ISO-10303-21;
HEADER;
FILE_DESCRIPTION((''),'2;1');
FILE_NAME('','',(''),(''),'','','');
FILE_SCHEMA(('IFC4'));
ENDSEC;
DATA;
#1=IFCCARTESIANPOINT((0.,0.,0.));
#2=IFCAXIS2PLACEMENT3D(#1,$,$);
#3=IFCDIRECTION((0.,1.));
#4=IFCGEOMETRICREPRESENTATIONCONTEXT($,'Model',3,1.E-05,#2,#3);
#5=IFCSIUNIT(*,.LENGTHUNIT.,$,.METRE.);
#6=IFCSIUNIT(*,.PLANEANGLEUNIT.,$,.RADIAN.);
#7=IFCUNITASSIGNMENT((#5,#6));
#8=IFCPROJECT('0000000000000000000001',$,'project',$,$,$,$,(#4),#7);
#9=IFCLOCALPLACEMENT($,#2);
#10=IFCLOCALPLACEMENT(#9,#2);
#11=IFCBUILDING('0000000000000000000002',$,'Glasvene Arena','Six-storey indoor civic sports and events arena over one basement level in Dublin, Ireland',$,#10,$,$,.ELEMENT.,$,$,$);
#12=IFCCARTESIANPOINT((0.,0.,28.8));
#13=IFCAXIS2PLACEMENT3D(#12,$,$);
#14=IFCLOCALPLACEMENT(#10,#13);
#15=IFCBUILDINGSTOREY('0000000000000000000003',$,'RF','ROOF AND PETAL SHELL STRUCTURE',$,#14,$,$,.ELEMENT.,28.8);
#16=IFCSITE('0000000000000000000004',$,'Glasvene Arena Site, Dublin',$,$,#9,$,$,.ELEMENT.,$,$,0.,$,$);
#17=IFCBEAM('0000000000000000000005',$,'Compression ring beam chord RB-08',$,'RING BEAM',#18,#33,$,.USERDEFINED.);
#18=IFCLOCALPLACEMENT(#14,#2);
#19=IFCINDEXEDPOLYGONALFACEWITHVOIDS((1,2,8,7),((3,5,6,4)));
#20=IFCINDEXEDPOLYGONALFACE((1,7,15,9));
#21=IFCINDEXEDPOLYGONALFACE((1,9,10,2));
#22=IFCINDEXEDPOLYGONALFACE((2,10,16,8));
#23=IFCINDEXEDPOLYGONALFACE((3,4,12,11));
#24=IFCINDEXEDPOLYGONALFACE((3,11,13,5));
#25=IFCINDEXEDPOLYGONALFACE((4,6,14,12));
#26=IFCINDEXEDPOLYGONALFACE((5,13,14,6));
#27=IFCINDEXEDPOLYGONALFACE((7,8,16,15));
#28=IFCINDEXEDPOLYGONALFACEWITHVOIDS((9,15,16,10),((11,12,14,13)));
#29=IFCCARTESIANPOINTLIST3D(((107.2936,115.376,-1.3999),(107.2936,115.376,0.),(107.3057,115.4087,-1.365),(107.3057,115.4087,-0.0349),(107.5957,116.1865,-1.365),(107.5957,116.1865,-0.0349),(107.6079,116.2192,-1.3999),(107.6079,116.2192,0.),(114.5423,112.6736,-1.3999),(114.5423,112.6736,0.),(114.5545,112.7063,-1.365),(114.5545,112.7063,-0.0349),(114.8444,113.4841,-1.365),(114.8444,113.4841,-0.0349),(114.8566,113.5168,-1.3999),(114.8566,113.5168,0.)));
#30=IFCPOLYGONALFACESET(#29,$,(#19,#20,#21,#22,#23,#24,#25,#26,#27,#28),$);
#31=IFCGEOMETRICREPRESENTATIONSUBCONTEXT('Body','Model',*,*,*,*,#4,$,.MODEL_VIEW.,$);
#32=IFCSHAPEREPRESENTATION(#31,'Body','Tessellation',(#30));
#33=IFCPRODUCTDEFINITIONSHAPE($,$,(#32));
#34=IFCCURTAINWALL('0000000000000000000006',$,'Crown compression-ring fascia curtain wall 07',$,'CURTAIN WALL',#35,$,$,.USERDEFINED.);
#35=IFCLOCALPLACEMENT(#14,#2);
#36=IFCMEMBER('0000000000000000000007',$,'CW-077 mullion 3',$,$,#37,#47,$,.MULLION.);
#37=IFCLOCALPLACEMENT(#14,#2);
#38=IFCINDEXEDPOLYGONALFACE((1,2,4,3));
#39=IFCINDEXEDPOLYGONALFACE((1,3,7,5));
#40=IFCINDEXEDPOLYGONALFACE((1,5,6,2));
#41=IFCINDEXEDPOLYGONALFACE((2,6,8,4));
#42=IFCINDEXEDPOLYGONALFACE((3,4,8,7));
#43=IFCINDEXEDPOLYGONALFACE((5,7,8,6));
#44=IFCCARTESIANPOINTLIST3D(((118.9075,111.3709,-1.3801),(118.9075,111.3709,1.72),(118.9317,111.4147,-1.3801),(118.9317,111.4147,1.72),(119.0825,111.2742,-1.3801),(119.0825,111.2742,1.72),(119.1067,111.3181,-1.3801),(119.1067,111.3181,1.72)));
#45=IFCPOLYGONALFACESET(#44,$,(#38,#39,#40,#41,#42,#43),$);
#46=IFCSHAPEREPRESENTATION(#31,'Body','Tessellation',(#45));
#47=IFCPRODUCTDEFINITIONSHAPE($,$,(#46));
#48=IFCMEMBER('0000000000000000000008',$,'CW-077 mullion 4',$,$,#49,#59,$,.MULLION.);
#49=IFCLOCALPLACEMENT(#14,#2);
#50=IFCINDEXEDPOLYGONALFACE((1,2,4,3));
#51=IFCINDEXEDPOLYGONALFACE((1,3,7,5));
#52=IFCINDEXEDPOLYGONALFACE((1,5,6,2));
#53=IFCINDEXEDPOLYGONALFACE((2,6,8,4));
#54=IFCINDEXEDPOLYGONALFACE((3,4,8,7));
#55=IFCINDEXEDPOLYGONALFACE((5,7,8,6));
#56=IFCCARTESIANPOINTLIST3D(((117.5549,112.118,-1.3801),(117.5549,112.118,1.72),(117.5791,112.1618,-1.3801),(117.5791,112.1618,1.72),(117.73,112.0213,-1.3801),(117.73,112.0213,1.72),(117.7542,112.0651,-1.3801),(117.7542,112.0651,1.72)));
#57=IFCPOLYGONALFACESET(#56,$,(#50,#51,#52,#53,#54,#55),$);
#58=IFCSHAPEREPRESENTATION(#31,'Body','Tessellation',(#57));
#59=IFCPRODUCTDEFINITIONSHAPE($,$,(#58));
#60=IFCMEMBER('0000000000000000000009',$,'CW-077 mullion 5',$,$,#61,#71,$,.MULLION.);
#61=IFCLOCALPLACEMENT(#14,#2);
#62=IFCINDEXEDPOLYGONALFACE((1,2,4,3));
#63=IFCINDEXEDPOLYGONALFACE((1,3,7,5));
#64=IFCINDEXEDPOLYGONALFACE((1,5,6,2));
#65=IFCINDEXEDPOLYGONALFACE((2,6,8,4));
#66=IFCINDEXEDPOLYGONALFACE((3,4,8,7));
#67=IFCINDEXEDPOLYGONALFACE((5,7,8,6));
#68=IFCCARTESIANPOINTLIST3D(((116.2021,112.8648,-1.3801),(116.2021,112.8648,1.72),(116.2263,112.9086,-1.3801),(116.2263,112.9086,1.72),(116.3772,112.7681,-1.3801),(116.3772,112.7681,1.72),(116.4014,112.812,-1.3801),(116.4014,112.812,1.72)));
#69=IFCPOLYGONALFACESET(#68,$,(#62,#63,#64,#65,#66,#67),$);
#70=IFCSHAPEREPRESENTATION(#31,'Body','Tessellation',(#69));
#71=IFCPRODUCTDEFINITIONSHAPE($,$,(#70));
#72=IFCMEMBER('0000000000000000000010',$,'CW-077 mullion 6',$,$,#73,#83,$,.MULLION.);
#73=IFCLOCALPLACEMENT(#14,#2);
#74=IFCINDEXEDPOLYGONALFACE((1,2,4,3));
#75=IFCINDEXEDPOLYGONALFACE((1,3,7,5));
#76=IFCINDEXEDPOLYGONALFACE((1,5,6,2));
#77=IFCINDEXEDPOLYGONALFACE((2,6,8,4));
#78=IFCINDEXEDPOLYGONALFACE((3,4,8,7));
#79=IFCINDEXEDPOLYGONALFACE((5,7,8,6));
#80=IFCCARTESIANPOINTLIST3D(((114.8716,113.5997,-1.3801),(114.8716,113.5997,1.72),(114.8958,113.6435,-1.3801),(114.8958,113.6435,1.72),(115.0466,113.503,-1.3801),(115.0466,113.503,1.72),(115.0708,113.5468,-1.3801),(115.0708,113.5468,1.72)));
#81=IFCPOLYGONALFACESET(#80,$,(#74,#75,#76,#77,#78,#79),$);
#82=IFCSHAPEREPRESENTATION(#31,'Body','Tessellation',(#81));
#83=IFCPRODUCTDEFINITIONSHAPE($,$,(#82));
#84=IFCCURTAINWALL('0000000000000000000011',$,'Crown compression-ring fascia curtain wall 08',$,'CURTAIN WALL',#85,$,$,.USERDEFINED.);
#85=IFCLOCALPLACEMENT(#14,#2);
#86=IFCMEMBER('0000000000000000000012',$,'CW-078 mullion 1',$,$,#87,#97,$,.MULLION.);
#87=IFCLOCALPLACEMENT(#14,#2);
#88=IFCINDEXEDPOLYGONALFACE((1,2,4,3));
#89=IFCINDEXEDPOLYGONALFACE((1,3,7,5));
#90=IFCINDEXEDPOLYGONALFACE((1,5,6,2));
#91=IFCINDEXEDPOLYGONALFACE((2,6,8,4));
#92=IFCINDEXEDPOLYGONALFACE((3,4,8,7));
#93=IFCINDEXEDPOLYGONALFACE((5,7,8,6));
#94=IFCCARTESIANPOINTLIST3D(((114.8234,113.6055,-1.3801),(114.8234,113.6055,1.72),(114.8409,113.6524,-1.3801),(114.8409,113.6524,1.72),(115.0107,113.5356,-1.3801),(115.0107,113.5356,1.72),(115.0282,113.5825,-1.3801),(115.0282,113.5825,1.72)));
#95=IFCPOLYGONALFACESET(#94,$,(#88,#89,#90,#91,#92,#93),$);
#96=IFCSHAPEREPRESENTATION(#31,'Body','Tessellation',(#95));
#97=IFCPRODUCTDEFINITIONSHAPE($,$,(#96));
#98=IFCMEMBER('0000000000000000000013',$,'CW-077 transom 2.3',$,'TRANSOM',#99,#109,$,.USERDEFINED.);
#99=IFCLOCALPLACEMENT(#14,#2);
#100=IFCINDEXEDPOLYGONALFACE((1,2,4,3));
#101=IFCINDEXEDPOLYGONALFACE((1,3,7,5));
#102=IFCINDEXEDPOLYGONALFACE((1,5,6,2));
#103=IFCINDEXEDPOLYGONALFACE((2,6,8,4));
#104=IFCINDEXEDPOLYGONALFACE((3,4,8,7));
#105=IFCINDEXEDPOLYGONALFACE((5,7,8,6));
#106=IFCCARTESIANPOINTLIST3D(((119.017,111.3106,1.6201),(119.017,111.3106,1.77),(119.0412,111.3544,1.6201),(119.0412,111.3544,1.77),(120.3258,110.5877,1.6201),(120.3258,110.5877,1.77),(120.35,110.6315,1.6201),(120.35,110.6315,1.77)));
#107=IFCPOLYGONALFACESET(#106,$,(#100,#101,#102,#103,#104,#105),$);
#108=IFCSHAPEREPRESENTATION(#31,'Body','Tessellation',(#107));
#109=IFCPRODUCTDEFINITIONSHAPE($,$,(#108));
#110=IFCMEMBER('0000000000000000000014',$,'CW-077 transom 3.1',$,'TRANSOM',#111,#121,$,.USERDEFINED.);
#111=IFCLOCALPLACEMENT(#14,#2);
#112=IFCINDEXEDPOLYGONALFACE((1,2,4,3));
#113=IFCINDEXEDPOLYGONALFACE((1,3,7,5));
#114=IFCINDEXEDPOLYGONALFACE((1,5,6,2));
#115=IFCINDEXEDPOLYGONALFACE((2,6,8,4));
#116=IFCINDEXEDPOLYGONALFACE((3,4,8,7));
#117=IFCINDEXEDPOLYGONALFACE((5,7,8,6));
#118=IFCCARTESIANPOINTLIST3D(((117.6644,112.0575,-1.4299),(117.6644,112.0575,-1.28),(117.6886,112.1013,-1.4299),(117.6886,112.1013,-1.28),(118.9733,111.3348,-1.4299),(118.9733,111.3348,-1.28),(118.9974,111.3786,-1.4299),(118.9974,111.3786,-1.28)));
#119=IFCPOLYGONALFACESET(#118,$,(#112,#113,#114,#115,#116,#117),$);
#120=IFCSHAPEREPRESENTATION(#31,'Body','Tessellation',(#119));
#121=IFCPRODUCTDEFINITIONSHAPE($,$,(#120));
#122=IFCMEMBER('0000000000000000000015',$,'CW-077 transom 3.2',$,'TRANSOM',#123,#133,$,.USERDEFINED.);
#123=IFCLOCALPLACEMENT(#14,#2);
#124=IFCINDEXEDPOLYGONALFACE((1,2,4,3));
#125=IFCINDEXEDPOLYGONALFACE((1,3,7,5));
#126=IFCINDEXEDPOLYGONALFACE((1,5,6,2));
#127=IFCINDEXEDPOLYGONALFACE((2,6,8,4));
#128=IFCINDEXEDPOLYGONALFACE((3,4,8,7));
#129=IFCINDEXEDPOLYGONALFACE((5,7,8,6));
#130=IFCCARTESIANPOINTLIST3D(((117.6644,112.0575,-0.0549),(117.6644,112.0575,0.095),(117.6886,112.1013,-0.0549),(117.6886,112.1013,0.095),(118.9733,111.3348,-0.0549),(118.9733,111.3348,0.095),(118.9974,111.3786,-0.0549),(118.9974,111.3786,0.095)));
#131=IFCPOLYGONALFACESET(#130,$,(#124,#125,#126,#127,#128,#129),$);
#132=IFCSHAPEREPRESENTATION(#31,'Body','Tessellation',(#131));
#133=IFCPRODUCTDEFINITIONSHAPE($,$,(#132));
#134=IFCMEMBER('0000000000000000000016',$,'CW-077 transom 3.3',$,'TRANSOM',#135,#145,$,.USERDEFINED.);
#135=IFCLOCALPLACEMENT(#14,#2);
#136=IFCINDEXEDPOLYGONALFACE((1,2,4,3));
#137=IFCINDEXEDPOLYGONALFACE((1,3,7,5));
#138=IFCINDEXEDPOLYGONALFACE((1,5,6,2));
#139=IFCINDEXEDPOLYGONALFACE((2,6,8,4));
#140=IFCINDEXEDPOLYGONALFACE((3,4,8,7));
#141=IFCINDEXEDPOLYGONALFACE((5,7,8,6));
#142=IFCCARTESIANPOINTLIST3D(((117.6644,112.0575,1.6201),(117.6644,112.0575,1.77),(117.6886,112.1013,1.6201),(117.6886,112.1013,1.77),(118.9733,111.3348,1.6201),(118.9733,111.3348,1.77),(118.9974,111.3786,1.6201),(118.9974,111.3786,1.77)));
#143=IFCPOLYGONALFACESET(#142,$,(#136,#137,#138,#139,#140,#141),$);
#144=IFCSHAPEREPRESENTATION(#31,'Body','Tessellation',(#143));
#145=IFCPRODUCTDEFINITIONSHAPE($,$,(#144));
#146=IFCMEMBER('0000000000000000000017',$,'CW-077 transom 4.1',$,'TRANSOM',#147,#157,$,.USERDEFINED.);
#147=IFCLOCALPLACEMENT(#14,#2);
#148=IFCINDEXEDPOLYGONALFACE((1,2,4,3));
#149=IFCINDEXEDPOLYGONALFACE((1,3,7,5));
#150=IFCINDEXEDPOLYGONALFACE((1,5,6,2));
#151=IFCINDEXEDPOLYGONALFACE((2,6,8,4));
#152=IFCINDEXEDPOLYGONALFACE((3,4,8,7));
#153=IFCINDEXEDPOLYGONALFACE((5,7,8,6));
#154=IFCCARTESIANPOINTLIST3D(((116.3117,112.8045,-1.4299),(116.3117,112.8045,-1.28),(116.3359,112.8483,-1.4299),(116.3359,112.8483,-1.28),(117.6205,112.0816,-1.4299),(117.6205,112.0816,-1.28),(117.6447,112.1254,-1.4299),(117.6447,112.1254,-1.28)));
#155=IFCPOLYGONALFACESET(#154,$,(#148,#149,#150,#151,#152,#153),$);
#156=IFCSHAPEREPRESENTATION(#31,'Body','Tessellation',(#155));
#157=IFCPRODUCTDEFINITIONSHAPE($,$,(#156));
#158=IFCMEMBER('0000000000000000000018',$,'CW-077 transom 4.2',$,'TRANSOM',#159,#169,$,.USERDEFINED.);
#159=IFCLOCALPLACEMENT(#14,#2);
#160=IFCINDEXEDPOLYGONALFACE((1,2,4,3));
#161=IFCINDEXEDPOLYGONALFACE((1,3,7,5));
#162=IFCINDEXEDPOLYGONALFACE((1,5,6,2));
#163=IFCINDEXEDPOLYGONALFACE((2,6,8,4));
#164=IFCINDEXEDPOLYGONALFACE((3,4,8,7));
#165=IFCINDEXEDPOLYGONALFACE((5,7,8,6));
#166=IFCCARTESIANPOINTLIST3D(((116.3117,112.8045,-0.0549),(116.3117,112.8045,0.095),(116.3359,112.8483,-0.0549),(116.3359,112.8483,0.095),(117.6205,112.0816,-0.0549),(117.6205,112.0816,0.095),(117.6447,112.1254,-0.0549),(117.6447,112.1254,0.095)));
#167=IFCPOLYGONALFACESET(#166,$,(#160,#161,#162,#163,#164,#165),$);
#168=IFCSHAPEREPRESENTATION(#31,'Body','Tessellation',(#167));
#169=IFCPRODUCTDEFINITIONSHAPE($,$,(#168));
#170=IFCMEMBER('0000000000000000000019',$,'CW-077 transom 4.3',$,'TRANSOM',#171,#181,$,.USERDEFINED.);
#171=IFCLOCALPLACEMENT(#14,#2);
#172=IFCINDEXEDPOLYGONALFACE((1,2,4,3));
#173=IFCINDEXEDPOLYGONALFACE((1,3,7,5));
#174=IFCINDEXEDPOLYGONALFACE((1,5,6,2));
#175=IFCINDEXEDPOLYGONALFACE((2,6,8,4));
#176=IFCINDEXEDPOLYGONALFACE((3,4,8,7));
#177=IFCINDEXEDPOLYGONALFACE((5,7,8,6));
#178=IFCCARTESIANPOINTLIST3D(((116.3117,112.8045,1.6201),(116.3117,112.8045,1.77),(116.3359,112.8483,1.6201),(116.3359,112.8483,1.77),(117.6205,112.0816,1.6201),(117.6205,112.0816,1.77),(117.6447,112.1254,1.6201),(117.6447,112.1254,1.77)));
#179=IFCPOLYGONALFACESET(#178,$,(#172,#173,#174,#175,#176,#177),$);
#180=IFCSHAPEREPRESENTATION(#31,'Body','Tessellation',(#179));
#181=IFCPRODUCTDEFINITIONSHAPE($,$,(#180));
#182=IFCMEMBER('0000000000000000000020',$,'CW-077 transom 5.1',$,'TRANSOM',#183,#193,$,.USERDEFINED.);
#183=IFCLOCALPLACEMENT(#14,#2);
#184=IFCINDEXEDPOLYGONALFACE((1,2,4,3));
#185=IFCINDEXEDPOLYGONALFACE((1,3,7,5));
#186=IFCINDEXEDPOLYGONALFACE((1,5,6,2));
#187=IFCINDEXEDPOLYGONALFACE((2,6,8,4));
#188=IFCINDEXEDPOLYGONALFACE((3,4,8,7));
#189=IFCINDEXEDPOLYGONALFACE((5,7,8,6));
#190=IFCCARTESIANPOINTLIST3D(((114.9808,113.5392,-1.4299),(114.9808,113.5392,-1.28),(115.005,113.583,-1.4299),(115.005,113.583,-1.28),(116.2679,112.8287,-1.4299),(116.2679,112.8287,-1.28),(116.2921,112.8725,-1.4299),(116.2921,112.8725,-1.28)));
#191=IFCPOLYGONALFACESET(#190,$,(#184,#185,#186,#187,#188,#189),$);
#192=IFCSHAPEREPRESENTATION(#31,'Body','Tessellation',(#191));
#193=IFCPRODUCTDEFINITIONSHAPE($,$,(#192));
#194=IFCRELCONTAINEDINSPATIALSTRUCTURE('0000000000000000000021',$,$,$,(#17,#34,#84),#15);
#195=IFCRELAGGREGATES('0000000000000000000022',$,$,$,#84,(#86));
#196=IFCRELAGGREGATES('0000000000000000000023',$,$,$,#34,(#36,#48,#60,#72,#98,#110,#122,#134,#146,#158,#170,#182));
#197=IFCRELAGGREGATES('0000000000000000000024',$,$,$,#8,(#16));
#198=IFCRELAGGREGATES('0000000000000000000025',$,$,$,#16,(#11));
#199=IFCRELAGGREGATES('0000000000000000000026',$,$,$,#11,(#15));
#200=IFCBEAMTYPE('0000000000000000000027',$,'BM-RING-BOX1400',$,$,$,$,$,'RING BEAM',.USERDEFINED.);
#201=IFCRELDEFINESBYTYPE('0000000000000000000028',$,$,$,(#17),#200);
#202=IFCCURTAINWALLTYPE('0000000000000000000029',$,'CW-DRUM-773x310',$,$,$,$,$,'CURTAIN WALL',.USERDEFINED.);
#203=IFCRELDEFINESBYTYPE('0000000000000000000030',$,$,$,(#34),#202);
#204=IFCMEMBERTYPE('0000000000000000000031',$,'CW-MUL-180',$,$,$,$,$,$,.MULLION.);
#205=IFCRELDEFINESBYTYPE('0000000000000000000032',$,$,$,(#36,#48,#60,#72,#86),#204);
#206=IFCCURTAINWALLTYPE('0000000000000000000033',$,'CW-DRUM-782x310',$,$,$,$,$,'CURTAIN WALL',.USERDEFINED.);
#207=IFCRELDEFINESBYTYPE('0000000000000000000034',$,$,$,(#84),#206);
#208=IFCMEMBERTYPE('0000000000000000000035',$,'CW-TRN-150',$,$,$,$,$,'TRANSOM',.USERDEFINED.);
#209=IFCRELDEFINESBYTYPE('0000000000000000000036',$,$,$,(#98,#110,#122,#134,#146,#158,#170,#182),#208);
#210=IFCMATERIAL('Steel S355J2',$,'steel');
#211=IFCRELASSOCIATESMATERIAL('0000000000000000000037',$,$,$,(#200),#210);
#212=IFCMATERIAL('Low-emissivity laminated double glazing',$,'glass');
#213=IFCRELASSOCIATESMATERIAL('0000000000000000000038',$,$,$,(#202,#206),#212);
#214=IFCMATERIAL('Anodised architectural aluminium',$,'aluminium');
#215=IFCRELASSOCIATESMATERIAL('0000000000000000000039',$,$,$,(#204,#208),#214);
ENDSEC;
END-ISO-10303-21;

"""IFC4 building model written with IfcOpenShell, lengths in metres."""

from ifc_helpers import new_model, si_unit, direction, frame, origin, origin_2d, place, context, subcontext, project, spatial, rectangle, hollow_rectangle, extrude, material, material_profile, profile_set, type_object, element, aggregate, save


model = new_model("IFC4")

# Units and contexts
model_context = context("Model", 3, precision=1e-05, world=origin(), true_north=direction((0.0, 1.0)))
body_context = subcontext(model_context, "Body", "Model", "MODEL_VIEW")
ifc_project = project(units=[si_unit("LENGTHUNIT", "METRE"), si_unit("PLANEANGLEUNIT", "RADIAN")], contexts=[model_context])

# Site, building, storey
site_placement = place(None, origin())
site = spatial("IfcSite", under=ifc_project, at=site_placement, Name="Glasvene Arena Site, Dublin", CompositionType="ELEMENT", RefElevation=0.0)
building_placement = place(site_placement, origin())
building = spatial("IfcBuilding", under=site, at=building_placement, Name="Glasvene Arena", Description="Six-storey indoor civic sports and events arena over one basement level in Dublin, Ireland", CompositionType="ELEMENT")
storey_placement = place(building_placement, frame((0.0, 0.0, 28.8)))
storey = spatial("IfcBuildingStorey", under=building, at=storey_placement, Name="RF", Description="ROOF AND PETAL SHELL STRUCTURE", CompositionType="ELEMENT", Elevation=28.8)

# Beam
ifc_material_1 = material(Name="Steel S355J2", Category="steel")
ifc_material_profile_1 = material_profile(ifc_material_1, hollow_rectangle(XDim=0.8999, YDim=1.3999, WallThickness=0.0349, at=origin_2d()), Name="WBOX 900x1400x35")
ifc_profile_set_1 = profile_set([ifc_material_profile_1], Name="Steel S355J2")
beam_type = type_object("IfcBeamType", Name="BM-RING-BOX1400", ElementType="RING BEAM", PredefinedType="USERDEFINED", material=ifc_profile_set_1)
beam_placement = place(storey_placement, frame((114.6995, 113.0952, -0.7), z_axis=(-0.937003, 0.349321, 0.0), x_axis=(-0.349321, -0.937003, 0.0)))
element("IfcBeam", 1, at=beam_placement, inside=storey, type_object=beam_type, Name="Compression ring beam chord RB-08", ObjectType="RING BEAM", PredefinedType="USERDEFINED", context=body_context, shape_type="SweptSolid", body=[
    extrude(hollow_rectangle(XDim=0.8999, YDim=1.3999, WallThickness=0.0349, at=origin_2d()), origin(), (0.0, 0.0, 1.0), 7.7361),
])

# Curtain wall, members
ifc_material_2 = material(Name="Low-emissivity laminated double glazing", Category="glass")
curtain_wall_type_1 = type_object("IfcCurtainWallType", Name="CW-DRUM-773x310", ElementType="CURTAIN WALL", PredefinedType="USERDEFINED", material=ifc_material_2)
curtain_wall_1_placement = place(storey_placement, frame((121.7124, 109.8506, 0.0)))
curtain_wall_1 = element("IfcCurtainWall", 2, at=curtain_wall_1_placement, inside=storey, type_object=curtain_wall_type_1, Name="Crown compression-ring fascia curtain wall 07", ObjectType="CURTAIN WALL", PredefinedType="USERDEFINED")
ifc_material_3 = material(Name="Anodised architectural aluminium", Category="aluminium")
ifc_material_profile_2 = material_profile(ifc_material_3, rectangle(XDim=0.05, YDim=0.2, at=origin_2d()), Name="ALU MULLION 50x200")
ifc_profile_set_2 = profile_set([ifc_material_profile_2], Name="Anodised architectural aluminium")
member_type_1 = type_object("IfcMemberType", Name="CW-MUL-180", PredefinedType="MULLION", material=ifc_profile_set_2)
member_1_placement = place(storey_placement, frame((119.0071, 111.3445, -1.3801), z_axis=(0.0, 0.0, 1.0), x_axis=(-0.483387, -0.875407, 0.0)))
member_1 = element("IfcMember", 3, at=member_1_placement, type_object=member_type_1, Name="CW-077 mullion 3", PredefinedType="MULLION", context=body_context, shape_type="SweptSolid", body=[
    extrude(rectangle(XDim=0.05, YDim=0.2, at=origin_2d()), origin(), (0.0, 0.0, 1.0), 3.1001),
])
member_2_placement = place(storey_placement, frame((117.6545, 112.0916, -1.3801), z_axis=(0.0, 0.0, 1.0), x_axis=(-0.483387, -0.875407, 0.0)))
member_2 = element("IfcMember", 4, at=member_2_placement, type_object=member_type_1, Name="CW-077 mullion 4", PredefinedType="MULLION", context=body_context, shape_type="SweptSolid", body=[
    extrude(rectangle(XDim=0.05, YDim=0.2, at=origin_2d()), origin(), (0.0, 0.0, 1.0), 3.1001),
])
member_3_placement = place(storey_placement, frame((116.3018, 112.8384, -1.3801), z_axis=(0.0, 0.0, 1.0), x_axis=(-0.483387, -0.875407, 0.0)))
member_3 = element("IfcMember", 5, at=member_3_placement, type_object=member_type_1, Name="CW-077 mullion 5", PredefinedType="MULLION", context=body_context, shape_type="SweptSolid", body=[
    extrude(rectangle(XDim=0.05, YDim=0.2, at=origin_2d()), origin(), (0.0, 0.0, 1.0), 3.1001),
])
member_4_placement = place(storey_placement, frame((114.9712, 113.5732, -1.3801), z_axis=(0.0, 0.0, 1.0), x_axis=(-0.483387, -0.875407, 0.0)))
member_4 = element("IfcMember", 6, at=member_4_placement, type_object=member_type_1, Name="CW-077 mullion 6", PredefinedType="MULLION", context=body_context, shape_type="SweptSolid", body=[
    extrude(rectangle(XDim=0.05, YDim=0.2, at=origin_2d()), origin(), (0.0, 0.0, 1.0), 3.1001),
])

# Curtain wall, member
curtain_wall_type_2 = type_object("IfcCurtainWallType", Name="CW-DRUM-782x310", ElementType="CURTAIN WALL", PredefinedType="USERDEFINED", material=ifc_material_2)
curtain_wall_2_placement = place(storey_placement, frame((114.9492, 113.5852, 0.0)))
curtain_wall_2 = element("IfcCurtainWall", 7, at=curtain_wall_2_placement, inside=storey, type_object=curtain_wall_type_2, Name="Crown compression-ring fascia curtain wall 08", ObjectType="CURTAIN WALL", PredefinedType="USERDEFINED")
member_5_placement = place(storey_placement, frame((114.9258, 113.594, -1.3801), z_axis=(0.0, 0.0, 1.0), x_axis=(-0.349683, -0.936868, 0.0)))
member_5 = element("IfcMember", 8, at=member_5_placement, type_object=member_type_1, Name="CW-078 mullion 1", PredefinedType="MULLION", context=body_context, shape_type="SweptSolid", body=[
    extrude(rectangle(XDim=0.05, YDim=0.2, at=origin_2d()), origin(), (0.0, 0.0, 1.0), 3.1001),
])

# Members
ifc_material_profile_3 = material_profile(ifc_material_3, rectangle(XDim=0.05, YDim=0.1499, at=origin_2d()), Name="ALU TRANSOM 50x150")
ifc_profile_set_3 = profile_set([ifc_material_profile_3], Name="Anodised architectural aluminium")
member_type_2 = type_object("IfcMemberType", Name="CW-TRN-150", ElementType="TRANSOM", PredefinedType="USERDEFINED", material=ifc_profile_set_3)
member_6_placement = place(storey_placement, frame((120.3379, 110.6096, 1.6951), z_axis=(-0.875356, 0.483479, 0.0), x_axis=(-0.483479, -0.875356, 0.0)))
member_6 = element("IfcMember", 9, at=member_6_placement, type_object=member_type_2, Name="CW-077 transom 2.3", ObjectType="TRANSOM", PredefinedType="USERDEFINED", context=body_context, shape_type="SweptSolid", body=[
    extrude(rectangle(XDim=0.05, YDim=0.1499, at=origin_2d()), origin(), (0.0, 0.0, 1.0), 1.4951),
])
member_7_placement = place(storey_placement, frame((118.9854, 111.3567, -1.355), z_axis=(-0.875425, 0.483354, 0.0), x_axis=(-0.483354, -0.875425, 0.0)))
member_7 = element("IfcMember", 10, at=member_7_placement, type_object=member_type_2, Name="CW-077 transom 3.1", ObjectType="TRANSOM", PredefinedType="USERDEFINED", context=body_context, shape_type="SweptSolid", body=[
    extrude(rectangle(XDim=0.05, YDim=0.1499, at=origin_2d()), origin(), (0.0, 0.0, 1.0), 1.4951),
])
member_8_placement = place(storey_placement, frame((118.9854, 111.3567, 0.02), z_axis=(-0.875425, 0.483354, 0.0), x_axis=(-0.483354, -0.875425, 0.0)))
member_8 = element("IfcMember", 11, at=member_8_placement, type_object=member_type_2, Name="CW-077 transom 3.2", ObjectType="TRANSOM", PredefinedType="USERDEFINED", context=body_context, shape_type="SweptSolid", body=[
    extrude(rectangle(XDim=0.05, YDim=0.1499, at=origin_2d()), origin(), (0.0, 0.0, 1.0), 1.4951),
])
member_9_placement = place(storey_placement, frame((118.9854, 111.3567, 1.6951), z_axis=(-0.875425, 0.483354, 0.0), x_axis=(-0.483354, -0.875425, 0.0)))
member_9 = element("IfcMember", 12, at=member_9_placement, type_object=member_type_2, Name="CW-077 transom 3.3", ObjectType="TRANSOM", PredefinedType="USERDEFINED", context=body_context, shape_type="SweptSolid", body=[
    extrude(rectangle(XDim=0.05, YDim=0.1499, at=origin_2d()), origin(), (0.0, 0.0, 1.0), 1.4951),
])
member_10_placement = place(storey_placement, frame((117.6326, 112.1035, -1.355), z_axis=(-0.875356, 0.483479, 0.0), x_axis=(-0.483479, -0.875356, 0.0)))
member_10 = element("IfcMember", 13, at=member_10_placement, type_object=member_type_2, Name="CW-077 transom 4.1", ObjectType="TRANSOM", PredefinedType="USERDEFINED", context=body_context, shape_type="SweptSolid", body=[
    extrude(rectangle(XDim=0.05, YDim=0.1499, at=origin_2d()), origin(), (0.0, 0.0, 1.0), 1.4951),
])
member_11_placement = place(storey_placement, frame((117.6326, 112.1035, 0.02), z_axis=(-0.875356, 0.483479, 0.0), x_axis=(-0.483479, -0.875356, 0.0)))
member_11 = element("IfcMember", 14, at=member_11_placement, type_object=member_type_2, Name="CW-077 transom 4.2", ObjectType="TRANSOM", PredefinedType="USERDEFINED", context=body_context, shape_type="SweptSolid", body=[
    extrude(rectangle(XDim=0.05, YDim=0.1499, at=origin_2d()), origin(), (0.0, 0.0, 1.0), 1.4951),
])
member_12_placement = place(storey_placement, frame((117.6326, 112.1035, 1.6951), z_axis=(-0.875356, 0.483479, 0.0), x_axis=(-0.483479, -0.875356, 0.0)))
member_12 = element("IfcMember", 15, at=member_12_placement, type_object=member_type_2, Name="CW-077 transom 4.3", ObjectType="TRANSOM", PredefinedType="USERDEFINED", context=body_context, shape_type="SweptSolid", body=[
    extrude(rectangle(XDim=0.05, YDim=0.1499, at=origin_2d()), origin(), (0.0, 0.0, 1.0), 1.4951),
])
member_13_placement = place(storey_placement, frame((116.28, 112.8506, -1.355), z_axis=(-0.875486, 0.483244, 0.0), x_axis=(-0.483244, -0.875486, 0.0)))
member_13 = element("IfcMember", 16, at=member_13_placement, type_object=member_type_2, Name="CW-077 transom 5.1", ObjectType="TRANSOM", PredefinedType="USERDEFINED", context=body_context, shape_type="SweptSolid", body=[
    extrude(rectangle(XDim=0.05, YDim=0.1499, at=origin_2d()), origin(), (0.0, 0.0, 1.0), 1.4702),
])
aggregate(curtain_wall_2, [member_5])

aggregate(curtain_wall_1, [member_1, member_2, member_3, member_4, member_6, member_7, member_8, member_9, member_10, member_11, member_12, member_13])

save(model, "model.ifc")
